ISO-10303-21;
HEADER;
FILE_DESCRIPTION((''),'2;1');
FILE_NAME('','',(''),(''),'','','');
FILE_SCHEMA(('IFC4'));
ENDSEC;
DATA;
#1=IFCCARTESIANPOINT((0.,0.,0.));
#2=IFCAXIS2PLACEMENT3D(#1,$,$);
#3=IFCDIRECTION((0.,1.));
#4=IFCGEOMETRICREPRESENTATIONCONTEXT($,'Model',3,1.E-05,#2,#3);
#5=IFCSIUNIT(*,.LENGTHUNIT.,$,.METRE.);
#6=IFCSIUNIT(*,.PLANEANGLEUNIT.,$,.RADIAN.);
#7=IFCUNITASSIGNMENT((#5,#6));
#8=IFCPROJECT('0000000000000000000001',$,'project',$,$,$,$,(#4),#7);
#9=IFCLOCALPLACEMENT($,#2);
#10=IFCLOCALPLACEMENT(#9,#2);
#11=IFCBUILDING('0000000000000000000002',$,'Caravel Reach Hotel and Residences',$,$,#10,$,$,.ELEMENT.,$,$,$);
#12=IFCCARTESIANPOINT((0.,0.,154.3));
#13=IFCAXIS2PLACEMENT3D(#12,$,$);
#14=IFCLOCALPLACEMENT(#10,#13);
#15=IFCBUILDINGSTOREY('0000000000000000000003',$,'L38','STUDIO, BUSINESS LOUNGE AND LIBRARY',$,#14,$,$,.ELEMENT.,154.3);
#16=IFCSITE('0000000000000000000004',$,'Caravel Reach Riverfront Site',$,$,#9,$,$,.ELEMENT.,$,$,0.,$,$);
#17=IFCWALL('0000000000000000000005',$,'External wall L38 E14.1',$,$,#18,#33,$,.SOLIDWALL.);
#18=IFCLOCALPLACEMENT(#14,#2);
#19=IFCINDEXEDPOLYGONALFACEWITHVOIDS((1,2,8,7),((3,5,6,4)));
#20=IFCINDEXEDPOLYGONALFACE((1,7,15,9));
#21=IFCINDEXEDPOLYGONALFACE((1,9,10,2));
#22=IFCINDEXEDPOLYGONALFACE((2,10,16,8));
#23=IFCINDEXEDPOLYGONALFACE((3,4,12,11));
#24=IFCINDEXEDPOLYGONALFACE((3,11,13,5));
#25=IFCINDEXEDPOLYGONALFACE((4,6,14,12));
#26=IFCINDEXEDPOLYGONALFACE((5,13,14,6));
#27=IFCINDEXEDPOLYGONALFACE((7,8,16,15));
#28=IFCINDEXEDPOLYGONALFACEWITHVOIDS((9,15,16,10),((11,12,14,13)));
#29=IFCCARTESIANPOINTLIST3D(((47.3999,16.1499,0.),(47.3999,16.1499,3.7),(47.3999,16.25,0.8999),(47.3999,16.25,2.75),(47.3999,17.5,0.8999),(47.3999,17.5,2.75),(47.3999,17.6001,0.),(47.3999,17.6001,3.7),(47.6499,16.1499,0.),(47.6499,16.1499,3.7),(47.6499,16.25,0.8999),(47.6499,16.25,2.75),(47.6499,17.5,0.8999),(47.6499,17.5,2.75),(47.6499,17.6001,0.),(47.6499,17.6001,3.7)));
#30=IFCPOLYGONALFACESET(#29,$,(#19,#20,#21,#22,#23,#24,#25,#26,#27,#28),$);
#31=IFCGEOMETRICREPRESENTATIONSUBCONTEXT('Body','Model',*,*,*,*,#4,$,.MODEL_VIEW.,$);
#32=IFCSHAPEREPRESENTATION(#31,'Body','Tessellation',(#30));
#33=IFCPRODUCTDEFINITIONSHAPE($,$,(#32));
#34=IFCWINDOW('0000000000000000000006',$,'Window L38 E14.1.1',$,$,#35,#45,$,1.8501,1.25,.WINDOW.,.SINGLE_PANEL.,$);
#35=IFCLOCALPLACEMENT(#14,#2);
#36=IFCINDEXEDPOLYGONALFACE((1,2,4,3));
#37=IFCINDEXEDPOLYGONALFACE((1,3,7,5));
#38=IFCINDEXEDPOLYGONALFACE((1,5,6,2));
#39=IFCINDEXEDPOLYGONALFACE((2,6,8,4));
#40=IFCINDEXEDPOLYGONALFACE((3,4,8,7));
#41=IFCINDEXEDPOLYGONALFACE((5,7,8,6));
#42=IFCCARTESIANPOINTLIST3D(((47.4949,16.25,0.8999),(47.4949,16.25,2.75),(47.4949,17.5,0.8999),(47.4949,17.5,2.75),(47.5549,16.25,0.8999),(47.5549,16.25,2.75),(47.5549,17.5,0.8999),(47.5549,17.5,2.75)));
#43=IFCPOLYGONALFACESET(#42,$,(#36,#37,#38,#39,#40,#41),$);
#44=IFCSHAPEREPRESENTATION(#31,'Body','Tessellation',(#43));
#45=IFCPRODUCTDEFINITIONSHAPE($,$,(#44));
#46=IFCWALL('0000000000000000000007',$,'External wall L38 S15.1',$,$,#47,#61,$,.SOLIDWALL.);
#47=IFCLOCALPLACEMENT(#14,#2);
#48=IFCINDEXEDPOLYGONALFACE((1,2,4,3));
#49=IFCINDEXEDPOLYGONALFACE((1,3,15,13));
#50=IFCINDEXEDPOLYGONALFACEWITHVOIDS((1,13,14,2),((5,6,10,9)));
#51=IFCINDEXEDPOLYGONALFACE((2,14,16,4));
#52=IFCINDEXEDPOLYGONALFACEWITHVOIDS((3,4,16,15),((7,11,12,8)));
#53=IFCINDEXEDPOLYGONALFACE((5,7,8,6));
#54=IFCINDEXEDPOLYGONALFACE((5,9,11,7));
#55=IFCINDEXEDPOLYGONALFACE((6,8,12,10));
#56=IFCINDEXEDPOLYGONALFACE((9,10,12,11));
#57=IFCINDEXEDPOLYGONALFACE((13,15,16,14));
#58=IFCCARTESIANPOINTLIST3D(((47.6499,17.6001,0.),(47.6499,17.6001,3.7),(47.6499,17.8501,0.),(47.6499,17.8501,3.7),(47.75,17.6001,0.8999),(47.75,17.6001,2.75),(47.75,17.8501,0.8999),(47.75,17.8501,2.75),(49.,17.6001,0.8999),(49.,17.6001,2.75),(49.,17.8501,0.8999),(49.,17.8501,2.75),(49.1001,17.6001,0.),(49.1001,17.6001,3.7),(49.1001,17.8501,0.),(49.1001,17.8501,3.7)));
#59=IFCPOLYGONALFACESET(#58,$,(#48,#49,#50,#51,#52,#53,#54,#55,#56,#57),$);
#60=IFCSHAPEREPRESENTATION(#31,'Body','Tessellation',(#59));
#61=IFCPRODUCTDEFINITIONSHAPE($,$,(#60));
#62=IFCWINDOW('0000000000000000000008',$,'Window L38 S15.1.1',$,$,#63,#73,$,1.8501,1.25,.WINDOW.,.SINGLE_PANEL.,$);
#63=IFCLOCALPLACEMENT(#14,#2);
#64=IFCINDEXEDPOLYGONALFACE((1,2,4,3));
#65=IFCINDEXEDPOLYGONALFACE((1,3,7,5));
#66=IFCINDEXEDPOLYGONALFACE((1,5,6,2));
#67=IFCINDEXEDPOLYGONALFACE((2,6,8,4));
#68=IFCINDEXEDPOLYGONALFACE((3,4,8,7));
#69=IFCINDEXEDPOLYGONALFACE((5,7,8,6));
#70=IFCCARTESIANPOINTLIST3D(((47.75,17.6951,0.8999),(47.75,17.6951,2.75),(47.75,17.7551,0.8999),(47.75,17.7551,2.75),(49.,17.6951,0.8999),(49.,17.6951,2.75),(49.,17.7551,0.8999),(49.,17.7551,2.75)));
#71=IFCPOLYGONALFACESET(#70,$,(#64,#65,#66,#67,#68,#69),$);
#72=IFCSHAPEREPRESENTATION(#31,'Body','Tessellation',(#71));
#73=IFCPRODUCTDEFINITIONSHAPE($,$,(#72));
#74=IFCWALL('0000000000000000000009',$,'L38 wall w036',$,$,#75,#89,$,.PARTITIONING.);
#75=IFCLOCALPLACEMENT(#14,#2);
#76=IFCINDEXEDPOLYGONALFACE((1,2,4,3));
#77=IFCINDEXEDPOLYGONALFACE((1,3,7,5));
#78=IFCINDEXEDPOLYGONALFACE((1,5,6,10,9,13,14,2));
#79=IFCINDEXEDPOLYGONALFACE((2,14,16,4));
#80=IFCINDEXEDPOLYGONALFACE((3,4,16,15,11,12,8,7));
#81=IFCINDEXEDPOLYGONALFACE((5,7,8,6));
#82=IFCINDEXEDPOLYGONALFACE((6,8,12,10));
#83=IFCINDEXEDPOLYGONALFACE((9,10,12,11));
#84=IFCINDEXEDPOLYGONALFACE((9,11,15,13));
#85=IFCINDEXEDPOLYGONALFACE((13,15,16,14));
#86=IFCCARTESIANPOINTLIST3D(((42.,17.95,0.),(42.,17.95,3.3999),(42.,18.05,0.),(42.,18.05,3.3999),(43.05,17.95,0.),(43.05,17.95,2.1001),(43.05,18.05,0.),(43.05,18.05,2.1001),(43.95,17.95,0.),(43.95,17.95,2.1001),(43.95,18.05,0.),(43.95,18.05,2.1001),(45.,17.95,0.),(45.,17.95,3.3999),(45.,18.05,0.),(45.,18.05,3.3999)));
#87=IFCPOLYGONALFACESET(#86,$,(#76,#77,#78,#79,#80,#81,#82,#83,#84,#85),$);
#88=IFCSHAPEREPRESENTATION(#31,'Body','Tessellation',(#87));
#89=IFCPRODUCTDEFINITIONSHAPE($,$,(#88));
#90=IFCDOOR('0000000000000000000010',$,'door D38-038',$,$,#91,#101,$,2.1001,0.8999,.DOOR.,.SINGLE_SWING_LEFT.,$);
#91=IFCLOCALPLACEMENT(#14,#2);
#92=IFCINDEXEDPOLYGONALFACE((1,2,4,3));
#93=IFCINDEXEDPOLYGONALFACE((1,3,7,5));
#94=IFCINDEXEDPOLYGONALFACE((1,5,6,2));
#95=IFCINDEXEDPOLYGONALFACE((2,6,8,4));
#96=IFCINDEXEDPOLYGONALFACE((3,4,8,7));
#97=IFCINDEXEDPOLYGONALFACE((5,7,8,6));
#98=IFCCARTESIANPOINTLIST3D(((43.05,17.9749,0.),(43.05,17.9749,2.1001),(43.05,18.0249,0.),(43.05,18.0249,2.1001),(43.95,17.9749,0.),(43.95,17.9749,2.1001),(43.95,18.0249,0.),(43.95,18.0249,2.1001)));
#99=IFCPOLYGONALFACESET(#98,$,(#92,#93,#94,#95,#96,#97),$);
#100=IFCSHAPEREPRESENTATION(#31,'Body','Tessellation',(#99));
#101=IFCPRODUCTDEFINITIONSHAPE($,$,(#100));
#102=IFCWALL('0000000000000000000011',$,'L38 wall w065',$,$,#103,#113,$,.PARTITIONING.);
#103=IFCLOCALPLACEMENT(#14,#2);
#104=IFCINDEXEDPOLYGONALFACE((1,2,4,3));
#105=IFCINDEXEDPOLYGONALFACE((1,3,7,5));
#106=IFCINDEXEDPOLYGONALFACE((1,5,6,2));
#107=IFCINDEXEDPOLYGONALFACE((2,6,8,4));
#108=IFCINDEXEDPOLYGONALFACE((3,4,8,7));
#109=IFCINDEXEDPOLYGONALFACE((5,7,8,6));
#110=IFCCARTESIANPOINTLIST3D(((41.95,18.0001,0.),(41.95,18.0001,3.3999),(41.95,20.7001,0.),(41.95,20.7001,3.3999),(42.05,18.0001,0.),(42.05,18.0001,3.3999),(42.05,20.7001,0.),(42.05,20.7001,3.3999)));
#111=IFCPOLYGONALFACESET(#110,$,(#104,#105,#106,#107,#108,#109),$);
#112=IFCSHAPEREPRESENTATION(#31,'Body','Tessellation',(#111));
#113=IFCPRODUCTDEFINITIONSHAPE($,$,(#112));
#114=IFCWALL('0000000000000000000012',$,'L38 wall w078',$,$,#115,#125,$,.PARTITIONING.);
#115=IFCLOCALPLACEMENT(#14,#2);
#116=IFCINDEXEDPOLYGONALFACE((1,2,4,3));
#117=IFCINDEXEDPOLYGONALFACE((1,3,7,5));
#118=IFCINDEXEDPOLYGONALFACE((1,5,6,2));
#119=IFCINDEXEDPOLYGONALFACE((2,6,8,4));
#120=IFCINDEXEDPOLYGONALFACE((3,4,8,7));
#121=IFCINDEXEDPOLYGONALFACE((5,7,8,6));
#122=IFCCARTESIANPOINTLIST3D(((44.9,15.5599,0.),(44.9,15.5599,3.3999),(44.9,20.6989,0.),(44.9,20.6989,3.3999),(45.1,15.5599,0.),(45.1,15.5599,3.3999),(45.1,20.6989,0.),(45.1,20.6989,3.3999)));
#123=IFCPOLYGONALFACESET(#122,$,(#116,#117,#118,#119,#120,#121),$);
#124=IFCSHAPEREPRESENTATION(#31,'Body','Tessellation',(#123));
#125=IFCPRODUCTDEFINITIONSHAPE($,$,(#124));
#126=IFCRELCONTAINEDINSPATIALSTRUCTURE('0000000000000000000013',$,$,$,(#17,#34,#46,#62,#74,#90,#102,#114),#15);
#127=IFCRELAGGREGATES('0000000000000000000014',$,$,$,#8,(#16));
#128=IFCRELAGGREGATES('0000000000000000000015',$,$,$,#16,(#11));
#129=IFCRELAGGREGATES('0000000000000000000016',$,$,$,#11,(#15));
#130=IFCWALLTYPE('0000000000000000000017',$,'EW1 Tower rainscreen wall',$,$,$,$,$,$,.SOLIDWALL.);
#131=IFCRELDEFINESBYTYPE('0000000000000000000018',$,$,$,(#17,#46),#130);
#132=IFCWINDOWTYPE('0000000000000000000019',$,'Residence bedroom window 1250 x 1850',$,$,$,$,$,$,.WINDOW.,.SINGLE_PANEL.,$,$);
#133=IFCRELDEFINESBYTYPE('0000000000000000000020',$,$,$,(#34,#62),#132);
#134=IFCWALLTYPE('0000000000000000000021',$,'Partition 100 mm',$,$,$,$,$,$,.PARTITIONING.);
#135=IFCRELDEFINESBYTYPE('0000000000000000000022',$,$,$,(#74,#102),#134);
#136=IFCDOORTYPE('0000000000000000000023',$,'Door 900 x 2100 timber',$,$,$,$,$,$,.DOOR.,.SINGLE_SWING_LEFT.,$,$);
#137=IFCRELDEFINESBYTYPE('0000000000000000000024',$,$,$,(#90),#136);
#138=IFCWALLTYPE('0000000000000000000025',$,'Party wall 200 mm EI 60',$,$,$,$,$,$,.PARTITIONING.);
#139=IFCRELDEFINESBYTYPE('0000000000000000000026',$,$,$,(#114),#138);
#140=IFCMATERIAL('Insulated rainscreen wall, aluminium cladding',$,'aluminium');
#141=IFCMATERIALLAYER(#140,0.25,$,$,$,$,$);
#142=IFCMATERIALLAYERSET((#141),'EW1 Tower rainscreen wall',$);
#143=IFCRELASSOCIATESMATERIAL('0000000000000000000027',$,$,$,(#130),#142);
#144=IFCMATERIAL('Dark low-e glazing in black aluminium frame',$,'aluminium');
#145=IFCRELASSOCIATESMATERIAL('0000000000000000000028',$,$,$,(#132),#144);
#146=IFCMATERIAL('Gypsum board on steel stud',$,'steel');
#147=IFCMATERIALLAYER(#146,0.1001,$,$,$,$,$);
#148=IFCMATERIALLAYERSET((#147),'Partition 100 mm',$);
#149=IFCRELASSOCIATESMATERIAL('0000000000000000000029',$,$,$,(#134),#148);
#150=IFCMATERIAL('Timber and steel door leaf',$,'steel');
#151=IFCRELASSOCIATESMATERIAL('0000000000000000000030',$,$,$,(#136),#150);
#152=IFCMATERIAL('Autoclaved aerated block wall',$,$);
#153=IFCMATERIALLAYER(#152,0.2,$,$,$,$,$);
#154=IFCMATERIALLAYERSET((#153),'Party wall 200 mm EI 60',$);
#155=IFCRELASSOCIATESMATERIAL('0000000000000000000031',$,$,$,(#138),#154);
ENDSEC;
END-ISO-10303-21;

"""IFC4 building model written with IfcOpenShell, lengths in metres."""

from ifc_helpers import new_model, si_unit, direction, frame, frame_2d, origin, place, context, subcontext, project, spatial, rectangle, extrude, material, layer, layer_set, type_object, element, fill, save


model = new_model("IFC4")

# Units and contexts
model_context = context("Model", 3, precision=1e-05, world=origin(), true_north=direction((0.0, 1.0)))
body_context = subcontext(model_context, "Body", "Model", "MODEL_VIEW")
ifc_project = project(units=[si_unit("LENGTHUNIT", "METRE"), si_unit("PLANEANGLEUNIT", "RADIAN")], contexts=[model_context])

# Site, building, storey
site_placement = place(None, origin())
site = spatial("IfcSite", under=ifc_project, at=site_placement, Name="Caravel Reach Riverfront Site", CompositionType="ELEMENT", RefElevation=0.0)
building_placement = place(site_placement, origin())
building = spatial("IfcBuilding", under=site, at=building_placement, Name="Caravel Reach Hotel and Residences", CompositionType="ELEMENT")
storey_placement = place(building_placement, frame((0.0, 0.0, 154.3)))
storey = spatial("IfcBuildingStorey", under=building, at=storey_placement, Name="L38", Description="STUDIO, BUSINESS LOUNGE AND LIBRARY", CompositionType="ELEMENT", Elevation=154.3)

# Shared definitions
ifc_material_1 = material(Name="Insulated rainscreen wall, aluminium cladding", Category="aluminium")
ifc_layer_1 = layer(ifc_material_1, 0.25)
ifc_layer_set_1 = layer_set([ifc_layer_1], Name="EW1 Tower rainscreen wall")
wall_type_1 = type_object("IfcWallType", Name="EW1 Tower rainscreen wall", PredefinedType="SOLIDWALL", material=ifc_layer_set_1)

# Walls, openings, windows
ifc_material_2 = material(Name="Dark low-e glazing in black aluminium frame", Category="aluminium")
window_type_1 = type_object("IfcWindowType", Name="Residence bedroom window 1250 x 1850", PartitioningType="SINGLE_PANEL", PredefinedType="WINDOW", material=ifc_material_2)
wall_1_placement = place(storey_placement, frame((47.5249, 16.1499, 0.0), z_axis=(0.0, 0.0, 1.0), x_axis=(0.0, 1.0, 0.0)))
wall_1 = element("IfcWall", 1, at=wall_1_placement, inside=storey, type_object=wall_type_1, Name="External wall L38 E14.1", PredefinedType="SOLIDWALL", context=body_context, shape_type="SweptSolid", body=[
    extrude(rectangle(XDim=1.4502, YDim=0.25, at=frame_2d((0.7251, 0.0))), origin(), (0.0, 0.0, 1.0), 3.7),
])
opening_1_placement = place(wall_1_placement, frame((0.1001, 0.0, 0.8999)))
opening_1 = element("IfcOpeningElement", 2, at=opening_1_placement, cuts=wall_1, PredefinedType="OPENING", context=body_context, shape_type="SweptSolid", body=[
    extrude(rectangle(XDim=1.25, YDim=1.8501, at=frame_2d((0.625, 0.925))), frame((0.0, 0.135, 0.0), z_axis=(0.0, -1.0, 0.0), x_axis=(1.0, 0.0, 0.0)), (0.0, 0.0, 1.0), 0.27),
])
window_1_placement = place(opening_1_placement, origin())
window_1 = element("IfcWindow", 3, at=window_1_placement, inside=storey, type_object=window_type_1, Name="Window L38 E14.1.1", OverallHeight=1.8501, OverallWidth=1.25, PartitioningType="SINGLE_PANEL", PredefinedType="WINDOW", context=body_context, shape_type="SweptSolid", body=[
    extrude(rectangle(XDim=1.25, YDim=1.8501, at=frame_2d((0.625, 0.925))), frame((0.0, 0.03, 0.0), z_axis=(0.0, -1.0, 0.0), x_axis=(1.0, 0.0, 0.0)), (0.0, 0.0, 1.0), 0.0601),
])
fill(opening_1, window_1)
wall_2_placement = place(storey_placement, frame((47.6499, 17.7251, 0.0), z_axis=(0.0, 0.0, 1.0), x_axis=(1.0, 0.0, 0.0)))
wall_2 = element("IfcWall", 4, at=wall_2_placement, inside=storey, type_object=wall_type_1, Name="External wall L38 S15.1", PredefinedType="SOLIDWALL", context=body_context, shape_type="SweptSolid", body=[
    extrude(rectangle(XDim=1.4502, YDim=0.25, at=frame_2d((0.7251, 0.0))), origin(), (0.0, 0.0, 1.0), 3.7),
])
opening_2_placement = place(wall_2_placement, frame((0.1001, 0.0, 0.8999)))
opening_2 = element("IfcOpeningElement", 5, at=opening_2_placement, cuts=wall_2, PredefinedType="OPENING", context=body_context, shape_type="SweptSolid", body=[
    extrude(rectangle(XDim=1.25, YDim=1.8501, at=frame_2d((0.625, 0.925))), frame((0.0, 0.135, 0.0), z_axis=(0.0, -1.0, 0.0), x_axis=(1.0, 0.0, 0.0)), (0.0, 0.0, 1.0), 0.27),
])
window_2_placement = place(opening_2_placement, origin())
window_2 = element("IfcWindow", 6, at=window_2_placement, inside=storey, type_object=window_type_1, Name="Window L38 S15.1.1", OverallHeight=1.8501, OverallWidth=1.25, PartitioningType="SINGLE_PANEL", PredefinedType="WINDOW", context=body_context, shape_type="SweptSolid", body=[
    extrude(rectangle(XDim=1.25, YDim=1.8501, at=frame_2d((0.625, 0.925))), frame((0.0, 0.03, 0.0), z_axis=(0.0, -1.0, 0.0), x_axis=(1.0, 0.0, 0.0)), (0.0, 0.0, 1.0), 0.0601),
])
fill(opening_2, window_2)

# Wall, opening, door
ifc_material_3 = material(Name="Gypsum board on steel stud", Category="steel")
ifc_layer_2 = layer(ifc_material_3, 0.1001)
ifc_layer_set_2 = layer_set([ifc_layer_2], Name="Partition 100 mm")
wall_type_2 = type_object("IfcWallType", Name="Partition 100 mm", PredefinedType="PARTITIONING", material=ifc_layer_set_2)
wall_3_placement = place(storey_placement, frame((42.0, 18.0, 0.0), z_axis=(0.0, 0.0, 1.0), x_axis=(1.0, 0.0, 0.0)))
wall_3 = element("IfcWall", 7, at=wall_3_placement, inside=storey, type_object=wall_type_2, Name="L38 wall w036", PredefinedType="PARTITIONING", context=body_context, shape_type="SweptSolid", body=[
    extrude(rectangle(XDim=3.0, YDim=0.1001, at=frame_2d((1.5, 0.0))), origin(), (0.0, 0.0, 1.0), 3.3999),
])
opening_3_placement = place(wall_3_placement, frame((1.05, 0.0, 0.0)))
opening_3 = element("IfcOpeningElement", 8, at=opening_3_placement, cuts=wall_3, PredefinedType="OPENING", context=body_context, shape_type="SweptSolid", body=[
    extrude(rectangle(XDim=0.8999, YDim=2.1001, at=frame_2d((0.45, 1.05))), frame((0.0, 0.0601, 0.0), z_axis=(0.0, -1.0, 0.0), x_axis=(1.0, 0.0, 0.0)), (0.0, 0.0, 1.0), 0.1201),
])
ifc_material_4 = material(Name="Timber and steel door leaf", Category="steel")
door_type_1 = type_object("IfcDoorType", Name="Door 900 x 2100 timber", OperationType="SINGLE_SWING_LEFT", PredefinedType="DOOR", material=ifc_material_4)
door_1_placement = place(opening_3_placement, origin())
door_1 = element("IfcDoor", 9, at=door_1_placement, inside=storey, type_object=door_type_1, Name="door D38-038", OperationType="SINGLE_SWING_LEFT", OverallHeight=2.1001, OverallWidth=0.8999, PredefinedType="DOOR", context=body_context, shape_type="SweptSolid", body=[
    extrude(rectangle(XDim=0.8999, YDim=2.1001, at=frame_2d((0.45, 1.05))), frame((0.0, 0.0249, 0.0), z_axis=(0.0, -1.0, 0.0), x_axis=(1.0, 0.0, 0.0)), (0.0, 0.0, 1.0), 0.05),
])
fill(opening_3, door_1)

# Walls
wall_4_placement = place(storey_placement, frame((42.0, 18.0, 0.0), z_axis=(0.0, 0.0, 1.0), x_axis=(0.0, 1.0, 0.0)))
element("IfcWall", 10, at=wall_4_placement, inside=storey, type_object=wall_type_2, Name="L38 wall w065", PredefinedType="PARTITIONING", context=body_context, shape_type="SweptSolid", body=[
    extrude(rectangle(XDim=2.7, YDim=0.1001, at=frame_2d((1.3501, 0.0))), origin(), (0.0, 0.0, 1.0), 3.3999),
])
ifc_material_5 = material(Name="Autoclaved aerated block wall")
ifc_layer_3 = layer(ifc_material_5, 0.2)
ifc_layer_set_3 = layer_set([ifc_layer_3], Name="Party wall 200 mm EI 60")
wall_type_3 = type_object("IfcWallType", Name="Party wall 200 mm EI 60", PredefinedType="PARTITIONING", material=ifc_layer_set_3)
wall_5_placement = place(storey_placement, frame((45.0, 15.5601, 0.0), z_axis=(0.0, 0.0, 1.0), x_axis=(0.0, 1.0, 0.0)))
element("IfcWall", 11, at=wall_5_placement, inside=storey, type_object=wall_type_3, Name="L38 wall w078", PredefinedType="PARTITIONING", context=body_context, shape_type="SweptSolid", body=[
    extrude(rectangle(XDim=5.1389, YDim=0.2, at=frame_2d((2.5693, 0.0))), origin(), (0.0, 0.0, 1.0), 3.3999),
])

save(model, "model.ifc")
